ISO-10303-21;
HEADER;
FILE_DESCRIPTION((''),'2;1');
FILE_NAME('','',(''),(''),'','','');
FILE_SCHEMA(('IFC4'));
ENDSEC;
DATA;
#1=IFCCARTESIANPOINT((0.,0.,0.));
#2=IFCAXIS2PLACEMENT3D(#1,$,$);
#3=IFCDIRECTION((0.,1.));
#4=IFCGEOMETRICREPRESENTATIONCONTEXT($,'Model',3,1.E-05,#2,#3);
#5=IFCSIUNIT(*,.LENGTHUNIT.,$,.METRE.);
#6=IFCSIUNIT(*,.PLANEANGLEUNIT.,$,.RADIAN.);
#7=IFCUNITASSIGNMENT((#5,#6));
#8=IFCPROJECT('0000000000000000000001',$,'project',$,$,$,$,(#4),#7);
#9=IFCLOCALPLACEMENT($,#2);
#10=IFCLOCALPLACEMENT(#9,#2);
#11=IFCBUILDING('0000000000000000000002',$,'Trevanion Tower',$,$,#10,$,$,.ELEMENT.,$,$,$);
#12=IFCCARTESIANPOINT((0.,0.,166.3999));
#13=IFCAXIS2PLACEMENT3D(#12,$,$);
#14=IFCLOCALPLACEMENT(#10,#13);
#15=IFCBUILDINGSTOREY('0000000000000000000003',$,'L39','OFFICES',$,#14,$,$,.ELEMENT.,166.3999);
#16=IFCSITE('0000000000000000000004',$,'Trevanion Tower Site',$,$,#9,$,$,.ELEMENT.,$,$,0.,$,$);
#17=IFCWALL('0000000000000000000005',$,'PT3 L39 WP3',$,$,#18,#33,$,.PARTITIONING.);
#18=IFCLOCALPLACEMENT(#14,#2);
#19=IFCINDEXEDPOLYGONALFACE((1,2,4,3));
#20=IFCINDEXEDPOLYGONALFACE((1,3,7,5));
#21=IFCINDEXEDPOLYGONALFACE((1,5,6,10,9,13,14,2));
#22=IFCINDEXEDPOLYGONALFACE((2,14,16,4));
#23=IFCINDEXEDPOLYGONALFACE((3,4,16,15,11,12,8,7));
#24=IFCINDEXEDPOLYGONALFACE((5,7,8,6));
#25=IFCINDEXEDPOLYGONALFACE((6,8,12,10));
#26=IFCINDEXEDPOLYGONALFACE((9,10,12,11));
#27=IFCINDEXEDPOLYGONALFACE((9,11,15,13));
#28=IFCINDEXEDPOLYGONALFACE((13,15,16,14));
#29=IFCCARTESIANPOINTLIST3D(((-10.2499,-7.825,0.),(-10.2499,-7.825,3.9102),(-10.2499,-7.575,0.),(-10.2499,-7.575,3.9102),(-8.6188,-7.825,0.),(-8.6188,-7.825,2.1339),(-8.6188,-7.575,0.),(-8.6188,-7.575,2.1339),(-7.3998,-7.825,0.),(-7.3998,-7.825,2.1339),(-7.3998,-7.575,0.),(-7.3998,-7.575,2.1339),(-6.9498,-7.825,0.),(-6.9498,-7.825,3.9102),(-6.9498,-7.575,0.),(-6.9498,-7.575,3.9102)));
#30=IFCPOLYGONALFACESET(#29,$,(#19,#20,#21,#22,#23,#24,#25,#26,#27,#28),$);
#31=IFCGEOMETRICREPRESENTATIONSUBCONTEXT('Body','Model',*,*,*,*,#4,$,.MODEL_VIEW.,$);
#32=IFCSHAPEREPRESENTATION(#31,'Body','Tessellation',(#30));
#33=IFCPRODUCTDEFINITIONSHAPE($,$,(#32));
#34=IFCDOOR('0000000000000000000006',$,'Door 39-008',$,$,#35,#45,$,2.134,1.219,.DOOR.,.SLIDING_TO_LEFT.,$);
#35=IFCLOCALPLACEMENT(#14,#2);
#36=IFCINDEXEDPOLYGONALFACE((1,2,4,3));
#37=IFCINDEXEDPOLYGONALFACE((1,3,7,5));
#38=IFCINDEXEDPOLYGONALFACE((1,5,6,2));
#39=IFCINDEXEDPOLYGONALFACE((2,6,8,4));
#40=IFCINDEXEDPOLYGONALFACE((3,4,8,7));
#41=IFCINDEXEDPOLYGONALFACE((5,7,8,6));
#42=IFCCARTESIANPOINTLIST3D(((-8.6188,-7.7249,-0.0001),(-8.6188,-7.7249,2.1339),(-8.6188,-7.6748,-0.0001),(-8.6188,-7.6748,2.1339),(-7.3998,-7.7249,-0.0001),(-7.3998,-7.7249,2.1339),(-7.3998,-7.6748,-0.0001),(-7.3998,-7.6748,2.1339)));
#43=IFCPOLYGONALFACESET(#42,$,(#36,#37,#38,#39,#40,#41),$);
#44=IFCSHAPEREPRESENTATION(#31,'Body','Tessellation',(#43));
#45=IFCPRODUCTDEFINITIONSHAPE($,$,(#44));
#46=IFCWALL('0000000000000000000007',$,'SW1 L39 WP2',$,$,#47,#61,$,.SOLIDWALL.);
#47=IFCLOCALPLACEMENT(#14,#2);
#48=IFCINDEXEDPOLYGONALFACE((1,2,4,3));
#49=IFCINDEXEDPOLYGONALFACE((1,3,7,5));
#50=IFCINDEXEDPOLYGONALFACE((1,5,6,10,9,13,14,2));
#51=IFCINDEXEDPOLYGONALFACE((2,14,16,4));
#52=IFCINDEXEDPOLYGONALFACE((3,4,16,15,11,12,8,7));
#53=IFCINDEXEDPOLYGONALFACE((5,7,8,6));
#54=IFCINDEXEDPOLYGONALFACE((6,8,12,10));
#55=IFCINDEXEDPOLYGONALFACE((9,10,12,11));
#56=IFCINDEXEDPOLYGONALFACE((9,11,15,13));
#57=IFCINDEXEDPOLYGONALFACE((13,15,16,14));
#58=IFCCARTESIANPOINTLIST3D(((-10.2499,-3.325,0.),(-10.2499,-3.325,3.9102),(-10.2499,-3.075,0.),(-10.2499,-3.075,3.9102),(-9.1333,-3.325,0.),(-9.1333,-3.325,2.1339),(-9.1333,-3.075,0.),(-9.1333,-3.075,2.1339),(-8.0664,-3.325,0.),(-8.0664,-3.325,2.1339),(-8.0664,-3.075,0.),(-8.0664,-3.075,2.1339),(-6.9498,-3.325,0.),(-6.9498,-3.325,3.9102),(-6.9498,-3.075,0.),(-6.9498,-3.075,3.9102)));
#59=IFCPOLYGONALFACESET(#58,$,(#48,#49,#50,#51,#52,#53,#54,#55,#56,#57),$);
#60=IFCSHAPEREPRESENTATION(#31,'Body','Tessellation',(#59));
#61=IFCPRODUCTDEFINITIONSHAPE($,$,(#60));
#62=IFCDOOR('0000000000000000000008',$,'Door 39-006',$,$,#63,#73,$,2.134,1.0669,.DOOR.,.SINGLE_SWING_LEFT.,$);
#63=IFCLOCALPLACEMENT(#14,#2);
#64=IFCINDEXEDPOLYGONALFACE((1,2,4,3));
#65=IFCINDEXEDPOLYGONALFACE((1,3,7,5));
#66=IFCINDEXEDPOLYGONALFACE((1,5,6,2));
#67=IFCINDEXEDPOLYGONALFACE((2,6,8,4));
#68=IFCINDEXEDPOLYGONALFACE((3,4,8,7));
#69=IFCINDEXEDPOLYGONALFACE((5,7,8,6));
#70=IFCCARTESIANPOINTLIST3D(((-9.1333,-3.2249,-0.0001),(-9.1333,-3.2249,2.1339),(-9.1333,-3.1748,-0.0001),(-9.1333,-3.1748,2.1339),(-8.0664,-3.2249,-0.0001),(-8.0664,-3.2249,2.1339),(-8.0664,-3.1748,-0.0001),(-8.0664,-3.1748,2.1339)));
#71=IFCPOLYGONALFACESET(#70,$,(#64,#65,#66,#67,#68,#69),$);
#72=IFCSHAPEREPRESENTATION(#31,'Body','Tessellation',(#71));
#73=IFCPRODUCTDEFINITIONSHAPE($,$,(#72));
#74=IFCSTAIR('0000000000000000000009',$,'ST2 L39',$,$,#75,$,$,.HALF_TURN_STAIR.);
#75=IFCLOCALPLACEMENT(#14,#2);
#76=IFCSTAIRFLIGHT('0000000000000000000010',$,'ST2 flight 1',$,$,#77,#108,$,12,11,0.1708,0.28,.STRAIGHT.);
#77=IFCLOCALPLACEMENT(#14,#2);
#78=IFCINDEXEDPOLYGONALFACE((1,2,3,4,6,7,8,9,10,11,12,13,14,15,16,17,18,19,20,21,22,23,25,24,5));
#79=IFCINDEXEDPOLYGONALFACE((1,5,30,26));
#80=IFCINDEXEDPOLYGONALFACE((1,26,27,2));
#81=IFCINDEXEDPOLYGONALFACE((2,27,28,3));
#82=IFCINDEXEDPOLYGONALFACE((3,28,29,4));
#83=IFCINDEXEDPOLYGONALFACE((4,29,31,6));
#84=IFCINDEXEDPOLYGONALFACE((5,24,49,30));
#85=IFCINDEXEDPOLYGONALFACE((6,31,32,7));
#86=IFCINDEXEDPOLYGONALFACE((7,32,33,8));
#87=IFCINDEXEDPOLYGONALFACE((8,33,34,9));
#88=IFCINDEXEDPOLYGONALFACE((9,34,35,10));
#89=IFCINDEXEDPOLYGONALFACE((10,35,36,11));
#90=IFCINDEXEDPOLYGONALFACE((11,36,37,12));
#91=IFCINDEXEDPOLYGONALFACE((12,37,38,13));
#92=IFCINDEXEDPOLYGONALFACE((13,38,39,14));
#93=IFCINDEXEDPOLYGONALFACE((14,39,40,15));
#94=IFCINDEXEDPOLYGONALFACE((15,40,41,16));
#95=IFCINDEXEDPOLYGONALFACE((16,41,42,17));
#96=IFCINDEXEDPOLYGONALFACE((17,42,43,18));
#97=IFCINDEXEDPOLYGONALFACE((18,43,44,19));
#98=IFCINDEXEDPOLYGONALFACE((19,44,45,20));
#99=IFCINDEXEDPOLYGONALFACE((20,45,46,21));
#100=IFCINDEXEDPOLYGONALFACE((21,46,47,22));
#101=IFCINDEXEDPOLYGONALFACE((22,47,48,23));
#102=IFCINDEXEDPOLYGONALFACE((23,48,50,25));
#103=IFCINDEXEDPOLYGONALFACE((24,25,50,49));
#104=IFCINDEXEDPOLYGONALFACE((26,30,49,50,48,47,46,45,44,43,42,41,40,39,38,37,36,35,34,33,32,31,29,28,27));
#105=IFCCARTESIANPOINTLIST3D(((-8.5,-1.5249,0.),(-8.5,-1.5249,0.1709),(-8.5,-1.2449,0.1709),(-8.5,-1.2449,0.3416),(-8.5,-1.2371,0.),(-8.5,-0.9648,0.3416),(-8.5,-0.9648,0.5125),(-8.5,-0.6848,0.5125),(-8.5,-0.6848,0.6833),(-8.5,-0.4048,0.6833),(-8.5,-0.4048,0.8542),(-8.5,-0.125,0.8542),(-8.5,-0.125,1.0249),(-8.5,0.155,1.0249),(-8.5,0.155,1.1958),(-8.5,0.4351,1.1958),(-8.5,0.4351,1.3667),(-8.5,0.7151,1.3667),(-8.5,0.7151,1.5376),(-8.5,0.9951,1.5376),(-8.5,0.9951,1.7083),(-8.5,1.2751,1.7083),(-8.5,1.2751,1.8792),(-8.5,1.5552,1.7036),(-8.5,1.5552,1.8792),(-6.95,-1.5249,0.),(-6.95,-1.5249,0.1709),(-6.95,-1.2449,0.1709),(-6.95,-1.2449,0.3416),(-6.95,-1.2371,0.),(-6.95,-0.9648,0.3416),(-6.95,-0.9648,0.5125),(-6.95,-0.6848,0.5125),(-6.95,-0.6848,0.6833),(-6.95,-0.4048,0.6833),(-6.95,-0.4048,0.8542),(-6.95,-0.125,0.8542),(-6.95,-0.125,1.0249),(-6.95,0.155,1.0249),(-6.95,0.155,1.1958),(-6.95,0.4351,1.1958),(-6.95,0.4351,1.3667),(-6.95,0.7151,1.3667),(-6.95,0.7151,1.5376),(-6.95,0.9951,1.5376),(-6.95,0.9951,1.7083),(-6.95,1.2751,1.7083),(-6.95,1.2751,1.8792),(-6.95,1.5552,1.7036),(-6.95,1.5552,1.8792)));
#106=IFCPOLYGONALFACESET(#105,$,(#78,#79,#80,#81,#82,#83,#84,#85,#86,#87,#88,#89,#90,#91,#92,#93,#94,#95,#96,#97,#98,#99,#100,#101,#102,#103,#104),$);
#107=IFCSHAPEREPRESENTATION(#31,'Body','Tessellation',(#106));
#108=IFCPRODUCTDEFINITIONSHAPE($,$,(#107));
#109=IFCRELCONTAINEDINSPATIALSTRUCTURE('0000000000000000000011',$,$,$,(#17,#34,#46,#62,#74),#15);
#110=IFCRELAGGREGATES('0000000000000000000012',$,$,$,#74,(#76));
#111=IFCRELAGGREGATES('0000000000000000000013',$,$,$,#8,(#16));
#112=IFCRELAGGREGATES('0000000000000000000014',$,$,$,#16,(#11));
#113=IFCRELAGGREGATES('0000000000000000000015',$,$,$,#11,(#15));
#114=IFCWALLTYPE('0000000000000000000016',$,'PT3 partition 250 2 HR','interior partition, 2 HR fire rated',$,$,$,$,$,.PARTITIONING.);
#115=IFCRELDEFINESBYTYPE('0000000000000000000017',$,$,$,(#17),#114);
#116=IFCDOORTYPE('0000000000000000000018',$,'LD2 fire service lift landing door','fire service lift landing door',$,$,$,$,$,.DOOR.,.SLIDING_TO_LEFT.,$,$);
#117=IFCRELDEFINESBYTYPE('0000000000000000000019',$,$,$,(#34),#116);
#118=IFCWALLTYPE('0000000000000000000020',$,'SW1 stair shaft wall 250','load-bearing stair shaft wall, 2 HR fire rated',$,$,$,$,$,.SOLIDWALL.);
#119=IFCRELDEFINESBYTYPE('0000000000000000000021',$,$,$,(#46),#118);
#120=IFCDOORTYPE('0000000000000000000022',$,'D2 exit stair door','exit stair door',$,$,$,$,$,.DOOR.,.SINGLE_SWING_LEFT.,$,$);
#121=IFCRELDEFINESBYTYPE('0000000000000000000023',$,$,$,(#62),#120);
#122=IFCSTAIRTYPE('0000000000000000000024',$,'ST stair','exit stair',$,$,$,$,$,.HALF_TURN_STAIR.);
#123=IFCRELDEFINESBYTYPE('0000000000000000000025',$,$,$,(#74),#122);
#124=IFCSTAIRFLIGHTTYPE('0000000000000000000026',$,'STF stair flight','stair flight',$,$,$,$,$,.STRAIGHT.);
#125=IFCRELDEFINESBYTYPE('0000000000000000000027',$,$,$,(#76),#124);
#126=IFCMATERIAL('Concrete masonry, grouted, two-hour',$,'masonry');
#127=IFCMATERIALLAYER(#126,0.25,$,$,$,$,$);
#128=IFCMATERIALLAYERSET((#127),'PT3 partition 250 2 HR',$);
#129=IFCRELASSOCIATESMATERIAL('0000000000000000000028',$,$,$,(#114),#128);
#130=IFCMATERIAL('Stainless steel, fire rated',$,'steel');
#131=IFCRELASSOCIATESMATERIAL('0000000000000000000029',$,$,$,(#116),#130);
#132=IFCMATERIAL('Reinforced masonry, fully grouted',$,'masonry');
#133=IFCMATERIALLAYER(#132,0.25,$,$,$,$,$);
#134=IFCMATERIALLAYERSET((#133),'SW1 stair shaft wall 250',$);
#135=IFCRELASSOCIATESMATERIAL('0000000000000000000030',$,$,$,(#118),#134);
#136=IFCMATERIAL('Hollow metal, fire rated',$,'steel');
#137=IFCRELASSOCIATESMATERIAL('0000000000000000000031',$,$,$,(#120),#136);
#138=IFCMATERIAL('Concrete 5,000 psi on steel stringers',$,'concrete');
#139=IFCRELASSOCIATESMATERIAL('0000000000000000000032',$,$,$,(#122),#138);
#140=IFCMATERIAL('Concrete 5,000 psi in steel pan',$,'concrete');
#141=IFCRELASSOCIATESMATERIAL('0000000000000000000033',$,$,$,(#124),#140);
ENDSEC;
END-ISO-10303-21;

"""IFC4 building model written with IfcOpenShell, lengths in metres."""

from ifc_helpers import new_model, si_unit, direction, frame, frame_2d, origin, place, context, subcontext, project, spatial, polyline, rectangle, outline, extrude, material, layer, layer_set, type_object, element, fill, aggregate, save


model = new_model("IFC4")

# Units and contexts
model_context = context("Model", 3, precision=1e-05, world=origin(), true_north=direction((0.0, 1.0)))
body_context = subcontext(model_context, "Body", "Model", "MODEL_VIEW")
ifc_project = project(units=[si_unit("LENGTHUNIT", "METRE"), si_unit("PLANEANGLEUNIT", "RADIAN")], contexts=[model_context])

# Site, building, storey
site_placement = place(None, origin())
site = spatial("IfcSite", under=ifc_project, at=site_placement, Name="Trevanion Tower Site", CompositionType="ELEMENT", RefElevation=0.0)
building_placement = place(site_placement, origin())
building = spatial("IfcBuilding", under=site, at=building_placement, Name="Trevanion Tower", CompositionType="ELEMENT")
storey_placement = place(building_placement, frame((0.0, 0.0, 166.3999)))
storey = spatial("IfcBuildingStorey", under=building, at=storey_placement, Name="L39", Description="OFFICES", CompositionType="ELEMENT", Elevation=166.3999)

# Walls, openings, doors
ifc_material_1 = material(Name="Concrete masonry, grouted, two-hour", Category="masonry")
ifc_layer_1 = layer(ifc_material_1, 0.25)
ifc_layer_set_1 = layer_set([ifc_layer_1], Name="PT3 partition 250 2 HR")
wall_type_1 = type_object("IfcWallType", Name="PT3 partition 250 2 HR", Description="interior partition, 2 HR fire rated", PredefinedType="PARTITIONING", material=ifc_layer_set_1)
wall_1_placement = place(storey_placement, frame((-6.95, -7.7, 0.0), z_axis=(0.0, 0.0, 1.0), x_axis=(-1.0, 0.0, 0.0)))
wall_1 = element("IfcWall", 1, at=wall_1_placement, inside=storey, type_object=wall_type_1, Name="PT3 L39 WP3", PredefinedType="PARTITIONING", context=body_context, shape_type="SweptSolid", body=[
    extrude(rectangle(XDim=3.3, YDim=0.25, at=frame_2d((1.6499, 0.0))), origin(), (0.0, 0.0, 1.0), 3.9102),
])
opening_1_placement = place(wall_1_placement, frame((0.45, 0.0, 0.0)))
opening_1 = element("IfcOpeningElement", 2, at=opening_1_placement, cuts=wall_1, PredefinedType="OPENING", context=body_context, shape_type="SweptSolid", body=[
    extrude(rectangle(XDim=1.219, YDim=2.134, at=frame_2d((0.6094, 1.0669))), frame((0.0, 0.135, 0.0), z_axis=(0.0, -1.0, 0.0), x_axis=(1.0, 0.0, 0.0)), (0.0, 0.0, 1.0), 0.27),
])
ifc_material_2 = material(Name="Stainless steel, fire rated", Category="steel")
door_type_1 = type_object("IfcDoorType", Name="LD2 fire service lift landing door", Description="fire service lift landing door", OperationType="SLIDING_TO_LEFT", PredefinedType="DOOR", material=ifc_material_2)
door_1_placement = place(opening_1_placement, origin())
door_1 = element("IfcDoor", 3, at=door_1_placement, inside=storey, type_object=door_type_1, Name="Door 39-008", OperationType="SLIDING_TO_LEFT", OverallHeight=2.134, OverallWidth=1.219, PredefinedType="DOOR", context=body_context, shape_type="SweptSolid", body=[
    extrude(rectangle(XDim=1.219, YDim=2.134, at=frame_2d((0.6094, 1.0669))), frame((0.0, 0.0249, 0.0), z_axis=(0.0, -1.0, 0.0), x_axis=(1.0, 0.0, 0.0)), (0.0, 0.0, 1.0), 0.05),
])
fill(opening_1, door_1)
ifc_material_3 = material(Name="Reinforced masonry, fully grouted", Category="masonry")
ifc_layer_2 = layer(ifc_material_3, 0.25)
ifc_layer_set_2 = layer_set([ifc_layer_2], Name="SW1 stair shaft wall 250")
wall_type_2 = type_object("IfcWallType", Name="SW1 stair shaft wall 250", Description="load-bearing stair shaft wall, 2 HR fire rated", PredefinedType="SOLIDWALL", material=ifc_layer_set_2)
wall_2_placement = place(storey_placement, frame((-6.95, -3.2, 0.0), z_axis=(0.0, 0.0, 1.0), x_axis=(-1.0, 0.0, 0.0)))
wall_2 = element("IfcWall", 4, at=wall_2_placement, inside=storey, type_object=wall_type_2, Name="SW1 L39 WP2", PredefinedType="SOLIDWALL", context=body_context, shape_type="SweptSolid", body=[
    extrude(rectangle(XDim=3.3, YDim=0.25, at=frame_2d((1.6499, 0.0))), origin(), (0.0, 0.0, 1.0), 3.9102),
])
opening_2_placement = place(wall_2_placement, frame((1.1165, 0.0, 0.0)))
opening_2 = element("IfcOpeningElement", 5, at=opening_2_placement, cuts=wall_2, PredefinedType="OPENING", context=body_context, shape_type="SweptSolid", body=[
    extrude(rectangle(XDim=1.0669, YDim=2.134, at=frame_2d((0.5334, 1.0669))), frame((0.0, 0.135, 0.0), z_axis=(0.0, -1.0, 0.0), x_axis=(1.0, 0.0, 0.0)), (0.0, 0.0, 1.0), 0.27),
])
ifc_material_4 = material(Name="Hollow metal, fire rated", Category="steel")
door_type_2 = type_object("IfcDoorType", Name="D2 exit stair door", Description="exit stair door", OperationType="SINGLE_SWING_LEFT", PredefinedType="DOOR", material=ifc_material_4)
door_2_placement = place(opening_2_placement, origin())
door_2 = element("IfcDoor", 6, at=door_2_placement, inside=storey, type_object=door_type_2, Name="Door 39-006", OperationType="SINGLE_SWING_LEFT", OverallHeight=2.134, OverallWidth=1.0669, PredefinedType="DOOR", context=body_context, shape_type="SweptSolid", body=[
    extrude(rectangle(XDim=1.0669, YDim=2.134, at=frame_2d((0.5334, 1.0669))), frame((0.0, 0.0249, 0.0), z_axis=(0.0, -1.0, 0.0), x_axis=(1.0, 0.0, 0.0)), (0.0, 0.0, 1.0), 0.05),
])
fill(opening_2, door_2)

# Stair, stair flight
ifc_material_5 = material(Name="Concrete 5,000 psi on steel stringers", Category="concrete")
stair_type = type_object("IfcStairType", Name="ST stair", Description="exit stair", PredefinedType="HALF_TURN_STAIR", material=ifc_material_5)
stair_placement = place(storey_placement, origin())
stair = element("IfcStair", 7, at=stair_placement, inside=storey, type_object=stair_type, Name="ST2 L39", PredefinedType="HALF_TURN_STAIR")
ifc_material_6 = material(Name="Concrete 5,000 psi in steel pan", Category="concrete")
stair_flight_type = type_object("IfcStairFlightType", Name="STF stair flight", Description="stair flight", PredefinedType="STRAIGHT", material=ifc_material_6)
stair_flight_placement = place(storey_placement, frame((-7.7251, -1.5249, 0.0), z_axis=(0.0, 0.0, 1.0), x_axis=(0.0, 1.0, 0.0)))
stair_flight = element("IfcStairFlight", 8, at=stair_flight_placement, type_object=stair_flight_type, Name="ST2 flight 1", NumberOfRisers=12, NumberOfTreads=11, PredefinedType="STRAIGHT", RiserHeight=0.1708, TreadLength=0.28, context=body_context, shape_type="SweptSolid", body=[
    extrude(outline(polyline([(0.0, 0.0), (0.0, 0.1709), (0.28, 0.1709), (0.28, 0.3416), (0.5601, 0.3416), (0.5601, 0.5125), (0.8401, 0.5125), (0.8401, 0.6833), (1.1201, 0.6833), (1.1201, 0.8542), (1.3999, 0.8542), (1.3999, 1.0249), (1.6799, 1.0249), (1.6799, 1.1958), (1.96, 1.1958), (1.96, 1.3667), (2.24, 1.3667), (2.24, 1.5376), (2.52, 1.5376), (2.52, 1.7083), (2.8, 1.7083), (2.8, 1.8792), (3.0801, 1.8792), (3.0801, 2.05), (3.0801, 1.7036), (0.2878, 0.0), (0.0, 0.0)])), frame((0.0, 0.7749, 0.0), z_axis=(0.0, -1.0, 0.0), x_axis=(1.0, 0.0, 0.0)), (0.0, 0.0, 1.0), 1.55),
])
aggregate(stair, [stair_flight])

save(model, "model.ifc")
